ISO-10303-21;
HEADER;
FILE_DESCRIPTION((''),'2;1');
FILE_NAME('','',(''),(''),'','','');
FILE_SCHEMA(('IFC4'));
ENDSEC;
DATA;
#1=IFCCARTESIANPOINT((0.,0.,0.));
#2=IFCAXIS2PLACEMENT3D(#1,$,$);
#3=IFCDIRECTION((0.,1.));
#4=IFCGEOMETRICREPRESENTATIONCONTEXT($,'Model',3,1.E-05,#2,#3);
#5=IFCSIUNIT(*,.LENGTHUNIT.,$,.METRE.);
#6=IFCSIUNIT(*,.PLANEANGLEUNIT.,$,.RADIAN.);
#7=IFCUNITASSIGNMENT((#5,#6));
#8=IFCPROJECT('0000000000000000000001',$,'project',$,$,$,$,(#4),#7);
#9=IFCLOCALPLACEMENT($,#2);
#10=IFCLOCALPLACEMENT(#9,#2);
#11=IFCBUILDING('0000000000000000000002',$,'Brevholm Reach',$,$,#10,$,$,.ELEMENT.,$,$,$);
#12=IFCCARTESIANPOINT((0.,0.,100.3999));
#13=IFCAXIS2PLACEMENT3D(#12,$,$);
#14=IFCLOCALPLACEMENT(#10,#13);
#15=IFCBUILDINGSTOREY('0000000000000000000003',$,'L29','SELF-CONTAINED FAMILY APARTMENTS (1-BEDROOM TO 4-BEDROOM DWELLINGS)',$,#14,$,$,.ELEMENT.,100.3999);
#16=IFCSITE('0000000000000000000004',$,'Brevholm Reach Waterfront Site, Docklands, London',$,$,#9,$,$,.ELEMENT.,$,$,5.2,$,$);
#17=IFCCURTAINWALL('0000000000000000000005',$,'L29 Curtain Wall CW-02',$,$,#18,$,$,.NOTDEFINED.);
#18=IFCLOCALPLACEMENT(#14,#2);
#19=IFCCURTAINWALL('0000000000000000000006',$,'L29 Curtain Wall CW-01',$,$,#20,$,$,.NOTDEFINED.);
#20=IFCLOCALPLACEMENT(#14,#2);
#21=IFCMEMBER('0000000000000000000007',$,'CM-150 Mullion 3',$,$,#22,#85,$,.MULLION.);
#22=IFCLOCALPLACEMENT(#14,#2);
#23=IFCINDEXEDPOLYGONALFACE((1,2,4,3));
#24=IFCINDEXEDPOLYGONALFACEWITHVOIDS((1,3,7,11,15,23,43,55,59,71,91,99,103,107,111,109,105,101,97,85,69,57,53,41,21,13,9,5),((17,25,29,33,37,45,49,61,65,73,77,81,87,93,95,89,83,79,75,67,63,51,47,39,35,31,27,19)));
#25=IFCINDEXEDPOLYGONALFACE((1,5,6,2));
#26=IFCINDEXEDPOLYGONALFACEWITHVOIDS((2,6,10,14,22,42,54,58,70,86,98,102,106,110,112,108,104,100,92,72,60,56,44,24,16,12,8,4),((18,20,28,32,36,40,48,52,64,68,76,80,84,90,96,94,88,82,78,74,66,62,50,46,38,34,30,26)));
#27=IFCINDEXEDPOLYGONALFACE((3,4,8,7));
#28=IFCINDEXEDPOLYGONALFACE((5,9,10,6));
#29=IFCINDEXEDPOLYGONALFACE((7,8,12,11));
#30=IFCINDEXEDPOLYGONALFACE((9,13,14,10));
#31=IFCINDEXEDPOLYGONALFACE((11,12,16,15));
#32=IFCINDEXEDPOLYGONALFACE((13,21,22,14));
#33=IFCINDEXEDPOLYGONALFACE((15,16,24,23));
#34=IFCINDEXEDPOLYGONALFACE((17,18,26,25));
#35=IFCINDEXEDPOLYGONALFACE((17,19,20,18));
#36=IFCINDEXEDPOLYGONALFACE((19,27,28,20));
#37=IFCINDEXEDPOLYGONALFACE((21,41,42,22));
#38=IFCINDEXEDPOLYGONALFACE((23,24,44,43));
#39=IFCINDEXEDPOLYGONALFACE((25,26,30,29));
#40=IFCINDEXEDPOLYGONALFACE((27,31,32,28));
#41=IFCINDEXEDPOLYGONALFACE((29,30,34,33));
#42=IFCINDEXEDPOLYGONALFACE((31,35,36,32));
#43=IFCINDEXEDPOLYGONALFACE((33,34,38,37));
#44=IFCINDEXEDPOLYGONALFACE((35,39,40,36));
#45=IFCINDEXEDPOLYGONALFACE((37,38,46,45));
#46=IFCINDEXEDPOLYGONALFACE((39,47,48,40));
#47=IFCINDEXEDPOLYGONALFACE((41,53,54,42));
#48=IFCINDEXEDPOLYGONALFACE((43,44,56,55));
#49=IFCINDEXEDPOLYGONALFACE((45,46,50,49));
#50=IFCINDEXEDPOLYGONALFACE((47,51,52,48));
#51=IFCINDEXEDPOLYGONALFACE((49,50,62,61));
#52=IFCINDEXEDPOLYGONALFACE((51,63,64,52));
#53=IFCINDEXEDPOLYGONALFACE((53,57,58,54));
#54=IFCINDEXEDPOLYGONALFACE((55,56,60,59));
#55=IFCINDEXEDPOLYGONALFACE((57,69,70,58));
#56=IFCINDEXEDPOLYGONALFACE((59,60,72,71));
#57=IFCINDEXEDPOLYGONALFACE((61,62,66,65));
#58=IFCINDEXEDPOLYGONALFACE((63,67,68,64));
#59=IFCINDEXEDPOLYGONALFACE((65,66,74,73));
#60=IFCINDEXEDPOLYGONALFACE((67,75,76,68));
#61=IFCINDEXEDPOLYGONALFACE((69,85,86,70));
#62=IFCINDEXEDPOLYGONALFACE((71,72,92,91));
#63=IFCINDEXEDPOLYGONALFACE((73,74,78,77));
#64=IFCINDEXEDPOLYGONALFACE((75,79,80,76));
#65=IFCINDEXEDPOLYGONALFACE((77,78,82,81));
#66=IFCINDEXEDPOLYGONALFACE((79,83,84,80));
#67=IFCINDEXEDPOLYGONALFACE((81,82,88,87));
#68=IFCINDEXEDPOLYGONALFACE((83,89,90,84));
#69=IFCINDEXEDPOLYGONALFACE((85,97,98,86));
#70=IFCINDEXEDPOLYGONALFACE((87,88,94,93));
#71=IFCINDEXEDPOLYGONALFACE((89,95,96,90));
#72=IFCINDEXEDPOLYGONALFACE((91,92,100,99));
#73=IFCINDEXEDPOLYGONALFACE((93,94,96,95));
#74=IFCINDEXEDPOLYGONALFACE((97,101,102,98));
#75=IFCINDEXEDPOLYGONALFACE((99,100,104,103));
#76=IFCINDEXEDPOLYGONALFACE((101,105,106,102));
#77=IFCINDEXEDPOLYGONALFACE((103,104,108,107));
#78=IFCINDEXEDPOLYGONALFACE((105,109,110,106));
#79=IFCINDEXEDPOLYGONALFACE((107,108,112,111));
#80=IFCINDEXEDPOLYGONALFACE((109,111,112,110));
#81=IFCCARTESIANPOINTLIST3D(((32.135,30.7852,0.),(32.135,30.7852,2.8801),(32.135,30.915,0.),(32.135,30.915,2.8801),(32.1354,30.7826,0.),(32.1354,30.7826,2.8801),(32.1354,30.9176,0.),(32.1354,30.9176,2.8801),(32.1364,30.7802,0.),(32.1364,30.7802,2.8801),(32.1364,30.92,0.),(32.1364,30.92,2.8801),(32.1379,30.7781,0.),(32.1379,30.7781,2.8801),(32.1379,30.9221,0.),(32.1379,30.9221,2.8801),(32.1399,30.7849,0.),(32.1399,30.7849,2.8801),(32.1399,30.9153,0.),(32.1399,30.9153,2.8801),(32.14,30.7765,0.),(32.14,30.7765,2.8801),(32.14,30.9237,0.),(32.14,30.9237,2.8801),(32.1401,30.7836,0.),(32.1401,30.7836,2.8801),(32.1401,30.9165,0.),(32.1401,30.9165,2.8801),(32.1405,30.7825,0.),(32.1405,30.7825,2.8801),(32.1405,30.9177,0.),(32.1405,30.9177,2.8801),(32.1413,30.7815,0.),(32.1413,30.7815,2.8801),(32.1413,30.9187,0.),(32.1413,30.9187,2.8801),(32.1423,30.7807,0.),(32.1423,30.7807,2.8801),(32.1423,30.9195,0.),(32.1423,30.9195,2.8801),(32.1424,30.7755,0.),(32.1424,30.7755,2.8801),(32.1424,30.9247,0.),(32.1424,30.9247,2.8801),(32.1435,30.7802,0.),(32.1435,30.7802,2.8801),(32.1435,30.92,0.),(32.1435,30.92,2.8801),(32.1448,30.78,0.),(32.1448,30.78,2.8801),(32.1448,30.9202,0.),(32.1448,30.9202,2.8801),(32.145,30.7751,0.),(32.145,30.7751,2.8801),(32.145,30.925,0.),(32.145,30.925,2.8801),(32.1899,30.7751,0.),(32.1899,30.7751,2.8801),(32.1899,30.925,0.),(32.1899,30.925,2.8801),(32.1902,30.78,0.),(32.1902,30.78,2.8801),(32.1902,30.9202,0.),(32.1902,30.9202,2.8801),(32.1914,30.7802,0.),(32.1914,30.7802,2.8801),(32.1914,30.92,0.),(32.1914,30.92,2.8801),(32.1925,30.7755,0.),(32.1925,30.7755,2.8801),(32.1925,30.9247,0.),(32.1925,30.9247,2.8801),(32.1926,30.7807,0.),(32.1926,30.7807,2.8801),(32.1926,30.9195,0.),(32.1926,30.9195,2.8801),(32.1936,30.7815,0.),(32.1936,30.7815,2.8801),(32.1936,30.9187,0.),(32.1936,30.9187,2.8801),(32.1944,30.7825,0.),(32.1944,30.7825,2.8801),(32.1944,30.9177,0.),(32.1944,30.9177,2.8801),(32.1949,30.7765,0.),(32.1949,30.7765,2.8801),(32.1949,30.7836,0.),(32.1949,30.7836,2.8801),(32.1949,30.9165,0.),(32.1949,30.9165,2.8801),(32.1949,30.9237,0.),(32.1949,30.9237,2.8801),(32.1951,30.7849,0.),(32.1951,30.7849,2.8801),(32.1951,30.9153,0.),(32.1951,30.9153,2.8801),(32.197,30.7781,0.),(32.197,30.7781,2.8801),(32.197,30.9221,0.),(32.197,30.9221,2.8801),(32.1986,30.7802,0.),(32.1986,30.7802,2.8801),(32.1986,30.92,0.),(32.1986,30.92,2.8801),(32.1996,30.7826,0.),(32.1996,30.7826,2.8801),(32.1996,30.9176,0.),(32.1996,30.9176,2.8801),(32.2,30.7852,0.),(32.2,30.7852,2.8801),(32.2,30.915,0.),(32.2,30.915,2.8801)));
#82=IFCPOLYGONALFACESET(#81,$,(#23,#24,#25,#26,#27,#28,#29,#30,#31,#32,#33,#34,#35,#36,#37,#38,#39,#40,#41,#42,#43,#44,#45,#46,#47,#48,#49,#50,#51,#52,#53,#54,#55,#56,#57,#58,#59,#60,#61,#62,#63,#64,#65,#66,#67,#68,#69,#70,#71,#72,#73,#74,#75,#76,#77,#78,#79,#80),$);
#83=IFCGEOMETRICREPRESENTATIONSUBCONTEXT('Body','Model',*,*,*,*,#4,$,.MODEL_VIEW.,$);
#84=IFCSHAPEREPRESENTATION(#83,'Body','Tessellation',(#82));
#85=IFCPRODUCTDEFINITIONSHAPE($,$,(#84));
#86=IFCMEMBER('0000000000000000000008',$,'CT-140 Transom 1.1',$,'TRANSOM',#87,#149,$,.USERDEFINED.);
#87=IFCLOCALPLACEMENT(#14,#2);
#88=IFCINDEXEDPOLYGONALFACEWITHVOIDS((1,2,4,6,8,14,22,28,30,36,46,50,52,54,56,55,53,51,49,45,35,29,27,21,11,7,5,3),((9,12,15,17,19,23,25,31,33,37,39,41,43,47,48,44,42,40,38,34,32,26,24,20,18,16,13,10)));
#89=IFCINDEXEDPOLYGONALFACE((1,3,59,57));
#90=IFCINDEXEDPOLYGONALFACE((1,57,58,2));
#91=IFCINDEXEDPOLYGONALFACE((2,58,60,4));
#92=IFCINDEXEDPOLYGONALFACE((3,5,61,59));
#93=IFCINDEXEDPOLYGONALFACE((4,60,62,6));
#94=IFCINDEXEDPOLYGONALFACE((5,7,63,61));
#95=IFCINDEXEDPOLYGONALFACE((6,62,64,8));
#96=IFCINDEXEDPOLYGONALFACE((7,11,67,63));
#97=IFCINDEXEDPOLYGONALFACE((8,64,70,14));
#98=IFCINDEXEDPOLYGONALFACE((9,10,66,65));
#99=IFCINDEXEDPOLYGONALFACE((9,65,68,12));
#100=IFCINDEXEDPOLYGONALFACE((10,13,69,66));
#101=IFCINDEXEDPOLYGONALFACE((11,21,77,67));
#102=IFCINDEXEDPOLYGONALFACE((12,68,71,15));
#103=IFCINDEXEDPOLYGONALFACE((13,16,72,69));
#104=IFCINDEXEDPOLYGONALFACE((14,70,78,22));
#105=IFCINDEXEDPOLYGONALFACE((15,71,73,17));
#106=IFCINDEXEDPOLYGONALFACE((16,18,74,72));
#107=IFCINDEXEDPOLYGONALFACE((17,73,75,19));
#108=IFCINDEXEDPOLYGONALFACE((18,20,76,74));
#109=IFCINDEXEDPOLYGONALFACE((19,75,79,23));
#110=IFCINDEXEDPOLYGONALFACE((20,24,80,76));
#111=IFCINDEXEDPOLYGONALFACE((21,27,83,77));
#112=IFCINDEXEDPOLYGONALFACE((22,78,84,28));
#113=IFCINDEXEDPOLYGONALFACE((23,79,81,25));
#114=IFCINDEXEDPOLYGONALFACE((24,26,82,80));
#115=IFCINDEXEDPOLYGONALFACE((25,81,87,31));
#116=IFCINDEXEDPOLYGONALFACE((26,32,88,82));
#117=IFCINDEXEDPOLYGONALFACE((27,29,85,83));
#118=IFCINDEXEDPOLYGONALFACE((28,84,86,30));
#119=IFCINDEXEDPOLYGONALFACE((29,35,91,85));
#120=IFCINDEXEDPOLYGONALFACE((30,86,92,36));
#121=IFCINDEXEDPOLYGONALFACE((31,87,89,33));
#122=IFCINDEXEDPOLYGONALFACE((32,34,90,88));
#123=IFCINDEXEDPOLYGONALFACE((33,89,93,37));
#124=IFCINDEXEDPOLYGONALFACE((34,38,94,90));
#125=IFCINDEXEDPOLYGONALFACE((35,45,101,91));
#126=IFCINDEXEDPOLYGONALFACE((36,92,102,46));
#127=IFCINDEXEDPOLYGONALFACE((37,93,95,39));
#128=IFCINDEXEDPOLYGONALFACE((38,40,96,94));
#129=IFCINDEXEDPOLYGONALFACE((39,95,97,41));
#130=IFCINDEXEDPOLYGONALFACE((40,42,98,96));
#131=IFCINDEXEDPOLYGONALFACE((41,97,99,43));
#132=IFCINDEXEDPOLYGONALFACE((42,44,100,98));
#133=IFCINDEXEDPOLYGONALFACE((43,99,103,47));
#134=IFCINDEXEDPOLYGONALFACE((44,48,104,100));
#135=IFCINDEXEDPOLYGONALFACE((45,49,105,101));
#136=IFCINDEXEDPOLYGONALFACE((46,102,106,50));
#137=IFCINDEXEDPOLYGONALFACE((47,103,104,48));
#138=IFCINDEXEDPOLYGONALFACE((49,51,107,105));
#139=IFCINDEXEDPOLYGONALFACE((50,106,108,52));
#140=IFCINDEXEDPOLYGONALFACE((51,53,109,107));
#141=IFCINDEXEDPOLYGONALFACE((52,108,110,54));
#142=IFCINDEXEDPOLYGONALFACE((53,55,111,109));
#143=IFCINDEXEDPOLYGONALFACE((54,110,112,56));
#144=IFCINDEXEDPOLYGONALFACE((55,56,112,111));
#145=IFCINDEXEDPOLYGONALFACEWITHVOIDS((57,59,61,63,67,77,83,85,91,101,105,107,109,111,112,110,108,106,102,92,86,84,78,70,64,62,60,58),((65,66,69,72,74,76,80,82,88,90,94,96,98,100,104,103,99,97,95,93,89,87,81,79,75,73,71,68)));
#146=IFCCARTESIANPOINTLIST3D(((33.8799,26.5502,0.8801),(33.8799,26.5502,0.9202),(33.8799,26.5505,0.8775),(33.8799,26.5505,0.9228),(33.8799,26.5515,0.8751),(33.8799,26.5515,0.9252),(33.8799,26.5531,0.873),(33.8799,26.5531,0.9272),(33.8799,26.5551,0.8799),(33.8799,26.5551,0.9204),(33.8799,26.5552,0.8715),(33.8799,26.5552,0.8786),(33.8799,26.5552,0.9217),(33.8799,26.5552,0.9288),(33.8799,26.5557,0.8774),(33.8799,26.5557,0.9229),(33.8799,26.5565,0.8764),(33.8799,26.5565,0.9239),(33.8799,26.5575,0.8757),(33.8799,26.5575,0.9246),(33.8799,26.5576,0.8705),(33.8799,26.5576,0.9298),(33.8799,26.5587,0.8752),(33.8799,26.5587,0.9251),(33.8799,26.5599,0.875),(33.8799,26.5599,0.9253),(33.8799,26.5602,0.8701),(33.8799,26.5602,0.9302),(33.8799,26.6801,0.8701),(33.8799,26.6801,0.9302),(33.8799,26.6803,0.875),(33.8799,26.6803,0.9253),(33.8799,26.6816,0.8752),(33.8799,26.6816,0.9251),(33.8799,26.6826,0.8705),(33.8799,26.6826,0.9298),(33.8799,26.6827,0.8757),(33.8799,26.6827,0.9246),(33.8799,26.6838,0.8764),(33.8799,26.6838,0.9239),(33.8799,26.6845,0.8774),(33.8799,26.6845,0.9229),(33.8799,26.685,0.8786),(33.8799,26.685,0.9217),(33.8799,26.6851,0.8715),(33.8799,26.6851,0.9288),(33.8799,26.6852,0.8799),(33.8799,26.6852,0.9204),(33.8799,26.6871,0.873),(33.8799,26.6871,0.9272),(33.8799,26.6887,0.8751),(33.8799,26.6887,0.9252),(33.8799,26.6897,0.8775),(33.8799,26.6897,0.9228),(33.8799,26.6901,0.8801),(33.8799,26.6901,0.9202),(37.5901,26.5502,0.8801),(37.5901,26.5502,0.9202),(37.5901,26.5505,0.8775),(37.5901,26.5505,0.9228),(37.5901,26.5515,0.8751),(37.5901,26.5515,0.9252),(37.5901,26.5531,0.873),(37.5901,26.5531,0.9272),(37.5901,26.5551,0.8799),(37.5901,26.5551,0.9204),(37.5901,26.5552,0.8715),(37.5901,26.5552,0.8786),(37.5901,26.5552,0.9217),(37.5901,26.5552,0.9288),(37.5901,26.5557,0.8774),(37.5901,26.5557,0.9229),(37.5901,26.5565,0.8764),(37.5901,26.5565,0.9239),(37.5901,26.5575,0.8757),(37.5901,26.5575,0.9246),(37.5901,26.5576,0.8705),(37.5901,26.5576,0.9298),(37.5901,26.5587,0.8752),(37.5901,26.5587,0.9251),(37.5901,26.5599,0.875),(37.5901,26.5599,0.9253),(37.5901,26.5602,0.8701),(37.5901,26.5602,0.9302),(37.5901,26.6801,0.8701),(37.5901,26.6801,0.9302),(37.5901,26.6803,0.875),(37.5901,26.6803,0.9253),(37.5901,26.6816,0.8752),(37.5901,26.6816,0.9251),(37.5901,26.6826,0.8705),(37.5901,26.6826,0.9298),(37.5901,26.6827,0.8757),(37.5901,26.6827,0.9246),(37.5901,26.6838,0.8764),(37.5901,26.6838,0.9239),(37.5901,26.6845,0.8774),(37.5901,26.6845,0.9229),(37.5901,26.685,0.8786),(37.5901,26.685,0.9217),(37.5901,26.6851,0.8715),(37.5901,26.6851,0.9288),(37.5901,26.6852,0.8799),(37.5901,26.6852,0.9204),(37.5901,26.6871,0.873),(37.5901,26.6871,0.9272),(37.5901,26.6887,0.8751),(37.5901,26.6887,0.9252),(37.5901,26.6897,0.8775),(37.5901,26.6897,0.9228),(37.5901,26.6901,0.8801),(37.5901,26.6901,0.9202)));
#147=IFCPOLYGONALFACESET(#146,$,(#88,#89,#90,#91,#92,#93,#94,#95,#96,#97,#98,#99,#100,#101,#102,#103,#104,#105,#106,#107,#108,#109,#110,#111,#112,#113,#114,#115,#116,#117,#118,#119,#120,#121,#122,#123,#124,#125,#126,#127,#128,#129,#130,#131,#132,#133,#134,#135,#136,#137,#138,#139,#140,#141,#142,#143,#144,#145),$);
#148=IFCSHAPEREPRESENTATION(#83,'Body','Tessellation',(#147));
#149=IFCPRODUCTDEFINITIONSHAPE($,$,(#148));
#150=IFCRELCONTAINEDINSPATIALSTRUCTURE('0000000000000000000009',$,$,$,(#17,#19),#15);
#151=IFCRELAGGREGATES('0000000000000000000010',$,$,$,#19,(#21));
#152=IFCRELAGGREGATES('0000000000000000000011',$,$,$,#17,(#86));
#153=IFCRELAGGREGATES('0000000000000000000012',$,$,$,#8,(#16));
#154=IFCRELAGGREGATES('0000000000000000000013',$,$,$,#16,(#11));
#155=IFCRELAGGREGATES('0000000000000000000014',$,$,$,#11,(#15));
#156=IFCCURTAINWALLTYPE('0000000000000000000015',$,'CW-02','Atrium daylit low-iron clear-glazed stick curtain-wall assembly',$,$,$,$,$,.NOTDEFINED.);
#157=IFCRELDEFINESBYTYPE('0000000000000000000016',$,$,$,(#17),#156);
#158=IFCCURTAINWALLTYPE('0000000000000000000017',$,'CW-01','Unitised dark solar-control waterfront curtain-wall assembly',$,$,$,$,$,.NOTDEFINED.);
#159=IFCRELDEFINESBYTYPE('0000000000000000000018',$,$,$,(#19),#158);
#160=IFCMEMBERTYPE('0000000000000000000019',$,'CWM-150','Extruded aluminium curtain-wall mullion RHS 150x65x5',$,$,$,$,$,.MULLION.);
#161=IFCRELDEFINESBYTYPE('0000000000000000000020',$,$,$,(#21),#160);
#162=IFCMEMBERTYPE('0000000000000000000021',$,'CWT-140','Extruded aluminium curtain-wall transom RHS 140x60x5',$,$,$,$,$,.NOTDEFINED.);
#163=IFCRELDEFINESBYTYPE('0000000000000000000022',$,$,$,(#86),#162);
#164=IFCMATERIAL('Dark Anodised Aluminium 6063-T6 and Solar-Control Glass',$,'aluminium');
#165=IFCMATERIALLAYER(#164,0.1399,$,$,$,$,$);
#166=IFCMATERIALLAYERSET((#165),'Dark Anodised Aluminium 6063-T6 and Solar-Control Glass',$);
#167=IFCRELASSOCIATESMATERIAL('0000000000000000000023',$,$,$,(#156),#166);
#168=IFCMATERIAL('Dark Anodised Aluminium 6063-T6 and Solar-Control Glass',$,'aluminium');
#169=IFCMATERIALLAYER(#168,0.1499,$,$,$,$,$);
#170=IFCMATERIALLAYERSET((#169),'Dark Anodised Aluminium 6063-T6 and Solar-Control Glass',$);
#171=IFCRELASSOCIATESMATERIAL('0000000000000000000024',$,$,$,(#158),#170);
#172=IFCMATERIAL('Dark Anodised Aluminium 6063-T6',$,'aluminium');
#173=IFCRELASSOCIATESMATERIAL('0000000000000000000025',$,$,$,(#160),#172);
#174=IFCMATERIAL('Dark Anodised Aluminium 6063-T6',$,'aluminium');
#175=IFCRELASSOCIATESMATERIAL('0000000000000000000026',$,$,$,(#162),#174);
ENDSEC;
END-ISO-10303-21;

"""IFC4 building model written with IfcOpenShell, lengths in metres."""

from ifc_helpers import new_model, si_unit, direction, frame, origin, origin_2d, place, context, subcontext, project, spatial, hollow_rectangle, extrude, material, layer, layer_set, material_profile, profile_set, type_object, element, aggregate, save


model = new_model("IFC4")

# Units and contexts
model_context = context("Model", 3, precision=1e-05, world=origin(), true_north=direction((0.0, 1.0)))
body_context = subcontext(model_context, "Body", "Model", "MODEL_VIEW")
ifc_project = project(units=[si_unit("LENGTHUNIT", "METRE"), si_unit("PLANEANGLEUNIT", "RADIAN")], contexts=[model_context])

# Site, building, storey
site_placement = place(None, origin())
site = spatial("IfcSite", under=ifc_project, at=site_placement, Name="Brevholm Reach Waterfront Site, Docklands, London", CompositionType="ELEMENT", RefElevation=5.2)
building_placement = place(site_placement, origin())
building = spatial("IfcBuilding", under=site, at=building_placement, Name="Brevholm Reach", CompositionType="ELEMENT")
storey_placement = place(building_placement, frame((0.0, 0.0, 100.3999)))
storey = spatial("IfcBuildingStorey", under=building, at=storey_placement, Name="L29", Description="SELF-CONTAINED FAMILY APARTMENTS (1-BEDROOM TO 4-BEDROOM DWELLINGS)", CompositionType="ELEMENT", Elevation=100.3999)

# Curtain walls, member
ifc_material_1 = material(Name="Dark Anodised Aluminium 6063-T6 and Solar-Control Glass", Category="aluminium")
ifc_layer_1 = layer(ifc_material_1, 0.1399)
ifc_layer_set_1 = layer_set([ifc_layer_1], Name="Dark Anodised Aluminium 6063-T6 and Solar-Control Glass")
curtain_wall_type_1 = type_object("IfcCurtainWallType", Name="CW-02", Description="Atrium daylit low-iron clear-glazed stick curtain-wall assembly", PredefinedType="NOTDEFINED", material=ifc_layer_set_1)
curtain_wall_1_placement = place(storey_placement, origin())
curtain_wall_1 = element("IfcCurtainWall", 1, at=curtain_wall_1_placement, inside=storey, type_object=curtain_wall_type_1, Name="L29 Curtain Wall CW-02", PredefinedType="NOTDEFINED")
ifc_material_2 = material(Name="Dark Anodised Aluminium 6063-T6 and Solar-Control Glass", Category="aluminium")
ifc_layer_2 = layer(ifc_material_2, 0.1499)
ifc_layer_set_2 = layer_set([ifc_layer_2], Name="Dark Anodised Aluminium 6063-T6 and Solar-Control Glass")
curtain_wall_type_2 = type_object("IfcCurtainWallType", Name="CW-01", Description="Unitised dark solar-control waterfront curtain-wall assembly", PredefinedType="NOTDEFINED", material=ifc_layer_set_2)
curtain_wall_2_placement = place(storey_placement, origin())
curtain_wall_2 = element("IfcCurtainWall", 2, at=curtain_wall_2_placement, inside=storey, type_object=curtain_wall_type_2, Name="L29 Curtain Wall CW-01", PredefinedType="NOTDEFINED")
ifc_material_3 = material(Name="Dark Anodised Aluminium 6063-T6", Category="aluminium")
ifc_material_profile_1 = material_profile(ifc_material_3, hollow_rectangle(XDim=0.0649, YDim=0.1499, WallThickness=0.0049, InnerFilletRadius=0.0049, OuterFilletRadius=0.01, at=origin_2d()), Name="RHS 150x65x5")
ifc_profile_set_1 = profile_set([ifc_material_profile_1], Name="Dark Anodised Aluminium 6063-T6")
member_type_1 = type_object("IfcMemberType", Name="CWM-150", Description="Extruded aluminium curtain-wall mullion RHS 150x65x5", PredefinedType="MULLION", material=ifc_profile_set_1)
member_1_placement = place(storey_placement, frame((32.1675, 30.8501, 0.0), z_axis=(0.0, 0.0, 1.0), x_axis=(1.0, 0.0, 0.0)))
member_1 = element("IfcMember", 3, at=member_1_placement, type_object=member_type_1, Name="CM-150 Mullion 3", PredefinedType="MULLION", context=body_context, shape_type="SweptSolid", body=[
    extrude(hollow_rectangle(XDim=0.0649, YDim=0.1499, WallThickness=0.0049, InnerFilletRadius=0.0049, OuterFilletRadius=0.01, at=origin_2d()), origin(), (0.0, 0.0, 1.0), 2.8801),
])

# Member
ifc_material_4 = material(Name="Dark Anodised Aluminium 6063-T6", Category="aluminium")
ifc_material_profile_2 = material_profile(ifc_material_4, hollow_rectangle(XDim=0.0601, YDim=0.1399, WallThickness=0.0049, InnerFilletRadius=0.0049, OuterFilletRadius=0.01, at=origin_2d()), Name="RHS 140x60x5")
ifc_profile_set_2 = profile_set([ifc_material_profile_2], Name="Dark Anodised Aluminium 6063-T6")
member_type_2 = type_object("IfcMemberType", Name="CWT-140", Description="Extruded aluminium curtain-wall transom RHS 140x60x5", PredefinedType="NOTDEFINED", material=ifc_profile_set_2)
member_2_placement = place(storey_placement, frame((37.5901, 26.6201, 0.9001), z_axis=(-1.0, 0.0, 0.0), x_axis=(0.0, 0.0, 1.0)))
member_2 = element("IfcMember", 4, at=member_2_placement, type_object=member_type_2, Name="CT-140 Transom 1.1", ObjectType="TRANSOM", PredefinedType="USERDEFINED", context=body_context, shape_type="SweptSolid", body=[
    extrude(hollow_rectangle(XDim=0.0601, YDim=0.1399, WallThickness=0.0049, InnerFilletRadius=0.0049, OuterFilletRadius=0.01, at=origin_2d()), origin(), (0.0, 0.0, 1.0), 3.7102),
])

aggregate(curtain_wall_2, [member_1])
aggregate(curtain_wall_1, [member_2])

save(model, "model.ifc")
